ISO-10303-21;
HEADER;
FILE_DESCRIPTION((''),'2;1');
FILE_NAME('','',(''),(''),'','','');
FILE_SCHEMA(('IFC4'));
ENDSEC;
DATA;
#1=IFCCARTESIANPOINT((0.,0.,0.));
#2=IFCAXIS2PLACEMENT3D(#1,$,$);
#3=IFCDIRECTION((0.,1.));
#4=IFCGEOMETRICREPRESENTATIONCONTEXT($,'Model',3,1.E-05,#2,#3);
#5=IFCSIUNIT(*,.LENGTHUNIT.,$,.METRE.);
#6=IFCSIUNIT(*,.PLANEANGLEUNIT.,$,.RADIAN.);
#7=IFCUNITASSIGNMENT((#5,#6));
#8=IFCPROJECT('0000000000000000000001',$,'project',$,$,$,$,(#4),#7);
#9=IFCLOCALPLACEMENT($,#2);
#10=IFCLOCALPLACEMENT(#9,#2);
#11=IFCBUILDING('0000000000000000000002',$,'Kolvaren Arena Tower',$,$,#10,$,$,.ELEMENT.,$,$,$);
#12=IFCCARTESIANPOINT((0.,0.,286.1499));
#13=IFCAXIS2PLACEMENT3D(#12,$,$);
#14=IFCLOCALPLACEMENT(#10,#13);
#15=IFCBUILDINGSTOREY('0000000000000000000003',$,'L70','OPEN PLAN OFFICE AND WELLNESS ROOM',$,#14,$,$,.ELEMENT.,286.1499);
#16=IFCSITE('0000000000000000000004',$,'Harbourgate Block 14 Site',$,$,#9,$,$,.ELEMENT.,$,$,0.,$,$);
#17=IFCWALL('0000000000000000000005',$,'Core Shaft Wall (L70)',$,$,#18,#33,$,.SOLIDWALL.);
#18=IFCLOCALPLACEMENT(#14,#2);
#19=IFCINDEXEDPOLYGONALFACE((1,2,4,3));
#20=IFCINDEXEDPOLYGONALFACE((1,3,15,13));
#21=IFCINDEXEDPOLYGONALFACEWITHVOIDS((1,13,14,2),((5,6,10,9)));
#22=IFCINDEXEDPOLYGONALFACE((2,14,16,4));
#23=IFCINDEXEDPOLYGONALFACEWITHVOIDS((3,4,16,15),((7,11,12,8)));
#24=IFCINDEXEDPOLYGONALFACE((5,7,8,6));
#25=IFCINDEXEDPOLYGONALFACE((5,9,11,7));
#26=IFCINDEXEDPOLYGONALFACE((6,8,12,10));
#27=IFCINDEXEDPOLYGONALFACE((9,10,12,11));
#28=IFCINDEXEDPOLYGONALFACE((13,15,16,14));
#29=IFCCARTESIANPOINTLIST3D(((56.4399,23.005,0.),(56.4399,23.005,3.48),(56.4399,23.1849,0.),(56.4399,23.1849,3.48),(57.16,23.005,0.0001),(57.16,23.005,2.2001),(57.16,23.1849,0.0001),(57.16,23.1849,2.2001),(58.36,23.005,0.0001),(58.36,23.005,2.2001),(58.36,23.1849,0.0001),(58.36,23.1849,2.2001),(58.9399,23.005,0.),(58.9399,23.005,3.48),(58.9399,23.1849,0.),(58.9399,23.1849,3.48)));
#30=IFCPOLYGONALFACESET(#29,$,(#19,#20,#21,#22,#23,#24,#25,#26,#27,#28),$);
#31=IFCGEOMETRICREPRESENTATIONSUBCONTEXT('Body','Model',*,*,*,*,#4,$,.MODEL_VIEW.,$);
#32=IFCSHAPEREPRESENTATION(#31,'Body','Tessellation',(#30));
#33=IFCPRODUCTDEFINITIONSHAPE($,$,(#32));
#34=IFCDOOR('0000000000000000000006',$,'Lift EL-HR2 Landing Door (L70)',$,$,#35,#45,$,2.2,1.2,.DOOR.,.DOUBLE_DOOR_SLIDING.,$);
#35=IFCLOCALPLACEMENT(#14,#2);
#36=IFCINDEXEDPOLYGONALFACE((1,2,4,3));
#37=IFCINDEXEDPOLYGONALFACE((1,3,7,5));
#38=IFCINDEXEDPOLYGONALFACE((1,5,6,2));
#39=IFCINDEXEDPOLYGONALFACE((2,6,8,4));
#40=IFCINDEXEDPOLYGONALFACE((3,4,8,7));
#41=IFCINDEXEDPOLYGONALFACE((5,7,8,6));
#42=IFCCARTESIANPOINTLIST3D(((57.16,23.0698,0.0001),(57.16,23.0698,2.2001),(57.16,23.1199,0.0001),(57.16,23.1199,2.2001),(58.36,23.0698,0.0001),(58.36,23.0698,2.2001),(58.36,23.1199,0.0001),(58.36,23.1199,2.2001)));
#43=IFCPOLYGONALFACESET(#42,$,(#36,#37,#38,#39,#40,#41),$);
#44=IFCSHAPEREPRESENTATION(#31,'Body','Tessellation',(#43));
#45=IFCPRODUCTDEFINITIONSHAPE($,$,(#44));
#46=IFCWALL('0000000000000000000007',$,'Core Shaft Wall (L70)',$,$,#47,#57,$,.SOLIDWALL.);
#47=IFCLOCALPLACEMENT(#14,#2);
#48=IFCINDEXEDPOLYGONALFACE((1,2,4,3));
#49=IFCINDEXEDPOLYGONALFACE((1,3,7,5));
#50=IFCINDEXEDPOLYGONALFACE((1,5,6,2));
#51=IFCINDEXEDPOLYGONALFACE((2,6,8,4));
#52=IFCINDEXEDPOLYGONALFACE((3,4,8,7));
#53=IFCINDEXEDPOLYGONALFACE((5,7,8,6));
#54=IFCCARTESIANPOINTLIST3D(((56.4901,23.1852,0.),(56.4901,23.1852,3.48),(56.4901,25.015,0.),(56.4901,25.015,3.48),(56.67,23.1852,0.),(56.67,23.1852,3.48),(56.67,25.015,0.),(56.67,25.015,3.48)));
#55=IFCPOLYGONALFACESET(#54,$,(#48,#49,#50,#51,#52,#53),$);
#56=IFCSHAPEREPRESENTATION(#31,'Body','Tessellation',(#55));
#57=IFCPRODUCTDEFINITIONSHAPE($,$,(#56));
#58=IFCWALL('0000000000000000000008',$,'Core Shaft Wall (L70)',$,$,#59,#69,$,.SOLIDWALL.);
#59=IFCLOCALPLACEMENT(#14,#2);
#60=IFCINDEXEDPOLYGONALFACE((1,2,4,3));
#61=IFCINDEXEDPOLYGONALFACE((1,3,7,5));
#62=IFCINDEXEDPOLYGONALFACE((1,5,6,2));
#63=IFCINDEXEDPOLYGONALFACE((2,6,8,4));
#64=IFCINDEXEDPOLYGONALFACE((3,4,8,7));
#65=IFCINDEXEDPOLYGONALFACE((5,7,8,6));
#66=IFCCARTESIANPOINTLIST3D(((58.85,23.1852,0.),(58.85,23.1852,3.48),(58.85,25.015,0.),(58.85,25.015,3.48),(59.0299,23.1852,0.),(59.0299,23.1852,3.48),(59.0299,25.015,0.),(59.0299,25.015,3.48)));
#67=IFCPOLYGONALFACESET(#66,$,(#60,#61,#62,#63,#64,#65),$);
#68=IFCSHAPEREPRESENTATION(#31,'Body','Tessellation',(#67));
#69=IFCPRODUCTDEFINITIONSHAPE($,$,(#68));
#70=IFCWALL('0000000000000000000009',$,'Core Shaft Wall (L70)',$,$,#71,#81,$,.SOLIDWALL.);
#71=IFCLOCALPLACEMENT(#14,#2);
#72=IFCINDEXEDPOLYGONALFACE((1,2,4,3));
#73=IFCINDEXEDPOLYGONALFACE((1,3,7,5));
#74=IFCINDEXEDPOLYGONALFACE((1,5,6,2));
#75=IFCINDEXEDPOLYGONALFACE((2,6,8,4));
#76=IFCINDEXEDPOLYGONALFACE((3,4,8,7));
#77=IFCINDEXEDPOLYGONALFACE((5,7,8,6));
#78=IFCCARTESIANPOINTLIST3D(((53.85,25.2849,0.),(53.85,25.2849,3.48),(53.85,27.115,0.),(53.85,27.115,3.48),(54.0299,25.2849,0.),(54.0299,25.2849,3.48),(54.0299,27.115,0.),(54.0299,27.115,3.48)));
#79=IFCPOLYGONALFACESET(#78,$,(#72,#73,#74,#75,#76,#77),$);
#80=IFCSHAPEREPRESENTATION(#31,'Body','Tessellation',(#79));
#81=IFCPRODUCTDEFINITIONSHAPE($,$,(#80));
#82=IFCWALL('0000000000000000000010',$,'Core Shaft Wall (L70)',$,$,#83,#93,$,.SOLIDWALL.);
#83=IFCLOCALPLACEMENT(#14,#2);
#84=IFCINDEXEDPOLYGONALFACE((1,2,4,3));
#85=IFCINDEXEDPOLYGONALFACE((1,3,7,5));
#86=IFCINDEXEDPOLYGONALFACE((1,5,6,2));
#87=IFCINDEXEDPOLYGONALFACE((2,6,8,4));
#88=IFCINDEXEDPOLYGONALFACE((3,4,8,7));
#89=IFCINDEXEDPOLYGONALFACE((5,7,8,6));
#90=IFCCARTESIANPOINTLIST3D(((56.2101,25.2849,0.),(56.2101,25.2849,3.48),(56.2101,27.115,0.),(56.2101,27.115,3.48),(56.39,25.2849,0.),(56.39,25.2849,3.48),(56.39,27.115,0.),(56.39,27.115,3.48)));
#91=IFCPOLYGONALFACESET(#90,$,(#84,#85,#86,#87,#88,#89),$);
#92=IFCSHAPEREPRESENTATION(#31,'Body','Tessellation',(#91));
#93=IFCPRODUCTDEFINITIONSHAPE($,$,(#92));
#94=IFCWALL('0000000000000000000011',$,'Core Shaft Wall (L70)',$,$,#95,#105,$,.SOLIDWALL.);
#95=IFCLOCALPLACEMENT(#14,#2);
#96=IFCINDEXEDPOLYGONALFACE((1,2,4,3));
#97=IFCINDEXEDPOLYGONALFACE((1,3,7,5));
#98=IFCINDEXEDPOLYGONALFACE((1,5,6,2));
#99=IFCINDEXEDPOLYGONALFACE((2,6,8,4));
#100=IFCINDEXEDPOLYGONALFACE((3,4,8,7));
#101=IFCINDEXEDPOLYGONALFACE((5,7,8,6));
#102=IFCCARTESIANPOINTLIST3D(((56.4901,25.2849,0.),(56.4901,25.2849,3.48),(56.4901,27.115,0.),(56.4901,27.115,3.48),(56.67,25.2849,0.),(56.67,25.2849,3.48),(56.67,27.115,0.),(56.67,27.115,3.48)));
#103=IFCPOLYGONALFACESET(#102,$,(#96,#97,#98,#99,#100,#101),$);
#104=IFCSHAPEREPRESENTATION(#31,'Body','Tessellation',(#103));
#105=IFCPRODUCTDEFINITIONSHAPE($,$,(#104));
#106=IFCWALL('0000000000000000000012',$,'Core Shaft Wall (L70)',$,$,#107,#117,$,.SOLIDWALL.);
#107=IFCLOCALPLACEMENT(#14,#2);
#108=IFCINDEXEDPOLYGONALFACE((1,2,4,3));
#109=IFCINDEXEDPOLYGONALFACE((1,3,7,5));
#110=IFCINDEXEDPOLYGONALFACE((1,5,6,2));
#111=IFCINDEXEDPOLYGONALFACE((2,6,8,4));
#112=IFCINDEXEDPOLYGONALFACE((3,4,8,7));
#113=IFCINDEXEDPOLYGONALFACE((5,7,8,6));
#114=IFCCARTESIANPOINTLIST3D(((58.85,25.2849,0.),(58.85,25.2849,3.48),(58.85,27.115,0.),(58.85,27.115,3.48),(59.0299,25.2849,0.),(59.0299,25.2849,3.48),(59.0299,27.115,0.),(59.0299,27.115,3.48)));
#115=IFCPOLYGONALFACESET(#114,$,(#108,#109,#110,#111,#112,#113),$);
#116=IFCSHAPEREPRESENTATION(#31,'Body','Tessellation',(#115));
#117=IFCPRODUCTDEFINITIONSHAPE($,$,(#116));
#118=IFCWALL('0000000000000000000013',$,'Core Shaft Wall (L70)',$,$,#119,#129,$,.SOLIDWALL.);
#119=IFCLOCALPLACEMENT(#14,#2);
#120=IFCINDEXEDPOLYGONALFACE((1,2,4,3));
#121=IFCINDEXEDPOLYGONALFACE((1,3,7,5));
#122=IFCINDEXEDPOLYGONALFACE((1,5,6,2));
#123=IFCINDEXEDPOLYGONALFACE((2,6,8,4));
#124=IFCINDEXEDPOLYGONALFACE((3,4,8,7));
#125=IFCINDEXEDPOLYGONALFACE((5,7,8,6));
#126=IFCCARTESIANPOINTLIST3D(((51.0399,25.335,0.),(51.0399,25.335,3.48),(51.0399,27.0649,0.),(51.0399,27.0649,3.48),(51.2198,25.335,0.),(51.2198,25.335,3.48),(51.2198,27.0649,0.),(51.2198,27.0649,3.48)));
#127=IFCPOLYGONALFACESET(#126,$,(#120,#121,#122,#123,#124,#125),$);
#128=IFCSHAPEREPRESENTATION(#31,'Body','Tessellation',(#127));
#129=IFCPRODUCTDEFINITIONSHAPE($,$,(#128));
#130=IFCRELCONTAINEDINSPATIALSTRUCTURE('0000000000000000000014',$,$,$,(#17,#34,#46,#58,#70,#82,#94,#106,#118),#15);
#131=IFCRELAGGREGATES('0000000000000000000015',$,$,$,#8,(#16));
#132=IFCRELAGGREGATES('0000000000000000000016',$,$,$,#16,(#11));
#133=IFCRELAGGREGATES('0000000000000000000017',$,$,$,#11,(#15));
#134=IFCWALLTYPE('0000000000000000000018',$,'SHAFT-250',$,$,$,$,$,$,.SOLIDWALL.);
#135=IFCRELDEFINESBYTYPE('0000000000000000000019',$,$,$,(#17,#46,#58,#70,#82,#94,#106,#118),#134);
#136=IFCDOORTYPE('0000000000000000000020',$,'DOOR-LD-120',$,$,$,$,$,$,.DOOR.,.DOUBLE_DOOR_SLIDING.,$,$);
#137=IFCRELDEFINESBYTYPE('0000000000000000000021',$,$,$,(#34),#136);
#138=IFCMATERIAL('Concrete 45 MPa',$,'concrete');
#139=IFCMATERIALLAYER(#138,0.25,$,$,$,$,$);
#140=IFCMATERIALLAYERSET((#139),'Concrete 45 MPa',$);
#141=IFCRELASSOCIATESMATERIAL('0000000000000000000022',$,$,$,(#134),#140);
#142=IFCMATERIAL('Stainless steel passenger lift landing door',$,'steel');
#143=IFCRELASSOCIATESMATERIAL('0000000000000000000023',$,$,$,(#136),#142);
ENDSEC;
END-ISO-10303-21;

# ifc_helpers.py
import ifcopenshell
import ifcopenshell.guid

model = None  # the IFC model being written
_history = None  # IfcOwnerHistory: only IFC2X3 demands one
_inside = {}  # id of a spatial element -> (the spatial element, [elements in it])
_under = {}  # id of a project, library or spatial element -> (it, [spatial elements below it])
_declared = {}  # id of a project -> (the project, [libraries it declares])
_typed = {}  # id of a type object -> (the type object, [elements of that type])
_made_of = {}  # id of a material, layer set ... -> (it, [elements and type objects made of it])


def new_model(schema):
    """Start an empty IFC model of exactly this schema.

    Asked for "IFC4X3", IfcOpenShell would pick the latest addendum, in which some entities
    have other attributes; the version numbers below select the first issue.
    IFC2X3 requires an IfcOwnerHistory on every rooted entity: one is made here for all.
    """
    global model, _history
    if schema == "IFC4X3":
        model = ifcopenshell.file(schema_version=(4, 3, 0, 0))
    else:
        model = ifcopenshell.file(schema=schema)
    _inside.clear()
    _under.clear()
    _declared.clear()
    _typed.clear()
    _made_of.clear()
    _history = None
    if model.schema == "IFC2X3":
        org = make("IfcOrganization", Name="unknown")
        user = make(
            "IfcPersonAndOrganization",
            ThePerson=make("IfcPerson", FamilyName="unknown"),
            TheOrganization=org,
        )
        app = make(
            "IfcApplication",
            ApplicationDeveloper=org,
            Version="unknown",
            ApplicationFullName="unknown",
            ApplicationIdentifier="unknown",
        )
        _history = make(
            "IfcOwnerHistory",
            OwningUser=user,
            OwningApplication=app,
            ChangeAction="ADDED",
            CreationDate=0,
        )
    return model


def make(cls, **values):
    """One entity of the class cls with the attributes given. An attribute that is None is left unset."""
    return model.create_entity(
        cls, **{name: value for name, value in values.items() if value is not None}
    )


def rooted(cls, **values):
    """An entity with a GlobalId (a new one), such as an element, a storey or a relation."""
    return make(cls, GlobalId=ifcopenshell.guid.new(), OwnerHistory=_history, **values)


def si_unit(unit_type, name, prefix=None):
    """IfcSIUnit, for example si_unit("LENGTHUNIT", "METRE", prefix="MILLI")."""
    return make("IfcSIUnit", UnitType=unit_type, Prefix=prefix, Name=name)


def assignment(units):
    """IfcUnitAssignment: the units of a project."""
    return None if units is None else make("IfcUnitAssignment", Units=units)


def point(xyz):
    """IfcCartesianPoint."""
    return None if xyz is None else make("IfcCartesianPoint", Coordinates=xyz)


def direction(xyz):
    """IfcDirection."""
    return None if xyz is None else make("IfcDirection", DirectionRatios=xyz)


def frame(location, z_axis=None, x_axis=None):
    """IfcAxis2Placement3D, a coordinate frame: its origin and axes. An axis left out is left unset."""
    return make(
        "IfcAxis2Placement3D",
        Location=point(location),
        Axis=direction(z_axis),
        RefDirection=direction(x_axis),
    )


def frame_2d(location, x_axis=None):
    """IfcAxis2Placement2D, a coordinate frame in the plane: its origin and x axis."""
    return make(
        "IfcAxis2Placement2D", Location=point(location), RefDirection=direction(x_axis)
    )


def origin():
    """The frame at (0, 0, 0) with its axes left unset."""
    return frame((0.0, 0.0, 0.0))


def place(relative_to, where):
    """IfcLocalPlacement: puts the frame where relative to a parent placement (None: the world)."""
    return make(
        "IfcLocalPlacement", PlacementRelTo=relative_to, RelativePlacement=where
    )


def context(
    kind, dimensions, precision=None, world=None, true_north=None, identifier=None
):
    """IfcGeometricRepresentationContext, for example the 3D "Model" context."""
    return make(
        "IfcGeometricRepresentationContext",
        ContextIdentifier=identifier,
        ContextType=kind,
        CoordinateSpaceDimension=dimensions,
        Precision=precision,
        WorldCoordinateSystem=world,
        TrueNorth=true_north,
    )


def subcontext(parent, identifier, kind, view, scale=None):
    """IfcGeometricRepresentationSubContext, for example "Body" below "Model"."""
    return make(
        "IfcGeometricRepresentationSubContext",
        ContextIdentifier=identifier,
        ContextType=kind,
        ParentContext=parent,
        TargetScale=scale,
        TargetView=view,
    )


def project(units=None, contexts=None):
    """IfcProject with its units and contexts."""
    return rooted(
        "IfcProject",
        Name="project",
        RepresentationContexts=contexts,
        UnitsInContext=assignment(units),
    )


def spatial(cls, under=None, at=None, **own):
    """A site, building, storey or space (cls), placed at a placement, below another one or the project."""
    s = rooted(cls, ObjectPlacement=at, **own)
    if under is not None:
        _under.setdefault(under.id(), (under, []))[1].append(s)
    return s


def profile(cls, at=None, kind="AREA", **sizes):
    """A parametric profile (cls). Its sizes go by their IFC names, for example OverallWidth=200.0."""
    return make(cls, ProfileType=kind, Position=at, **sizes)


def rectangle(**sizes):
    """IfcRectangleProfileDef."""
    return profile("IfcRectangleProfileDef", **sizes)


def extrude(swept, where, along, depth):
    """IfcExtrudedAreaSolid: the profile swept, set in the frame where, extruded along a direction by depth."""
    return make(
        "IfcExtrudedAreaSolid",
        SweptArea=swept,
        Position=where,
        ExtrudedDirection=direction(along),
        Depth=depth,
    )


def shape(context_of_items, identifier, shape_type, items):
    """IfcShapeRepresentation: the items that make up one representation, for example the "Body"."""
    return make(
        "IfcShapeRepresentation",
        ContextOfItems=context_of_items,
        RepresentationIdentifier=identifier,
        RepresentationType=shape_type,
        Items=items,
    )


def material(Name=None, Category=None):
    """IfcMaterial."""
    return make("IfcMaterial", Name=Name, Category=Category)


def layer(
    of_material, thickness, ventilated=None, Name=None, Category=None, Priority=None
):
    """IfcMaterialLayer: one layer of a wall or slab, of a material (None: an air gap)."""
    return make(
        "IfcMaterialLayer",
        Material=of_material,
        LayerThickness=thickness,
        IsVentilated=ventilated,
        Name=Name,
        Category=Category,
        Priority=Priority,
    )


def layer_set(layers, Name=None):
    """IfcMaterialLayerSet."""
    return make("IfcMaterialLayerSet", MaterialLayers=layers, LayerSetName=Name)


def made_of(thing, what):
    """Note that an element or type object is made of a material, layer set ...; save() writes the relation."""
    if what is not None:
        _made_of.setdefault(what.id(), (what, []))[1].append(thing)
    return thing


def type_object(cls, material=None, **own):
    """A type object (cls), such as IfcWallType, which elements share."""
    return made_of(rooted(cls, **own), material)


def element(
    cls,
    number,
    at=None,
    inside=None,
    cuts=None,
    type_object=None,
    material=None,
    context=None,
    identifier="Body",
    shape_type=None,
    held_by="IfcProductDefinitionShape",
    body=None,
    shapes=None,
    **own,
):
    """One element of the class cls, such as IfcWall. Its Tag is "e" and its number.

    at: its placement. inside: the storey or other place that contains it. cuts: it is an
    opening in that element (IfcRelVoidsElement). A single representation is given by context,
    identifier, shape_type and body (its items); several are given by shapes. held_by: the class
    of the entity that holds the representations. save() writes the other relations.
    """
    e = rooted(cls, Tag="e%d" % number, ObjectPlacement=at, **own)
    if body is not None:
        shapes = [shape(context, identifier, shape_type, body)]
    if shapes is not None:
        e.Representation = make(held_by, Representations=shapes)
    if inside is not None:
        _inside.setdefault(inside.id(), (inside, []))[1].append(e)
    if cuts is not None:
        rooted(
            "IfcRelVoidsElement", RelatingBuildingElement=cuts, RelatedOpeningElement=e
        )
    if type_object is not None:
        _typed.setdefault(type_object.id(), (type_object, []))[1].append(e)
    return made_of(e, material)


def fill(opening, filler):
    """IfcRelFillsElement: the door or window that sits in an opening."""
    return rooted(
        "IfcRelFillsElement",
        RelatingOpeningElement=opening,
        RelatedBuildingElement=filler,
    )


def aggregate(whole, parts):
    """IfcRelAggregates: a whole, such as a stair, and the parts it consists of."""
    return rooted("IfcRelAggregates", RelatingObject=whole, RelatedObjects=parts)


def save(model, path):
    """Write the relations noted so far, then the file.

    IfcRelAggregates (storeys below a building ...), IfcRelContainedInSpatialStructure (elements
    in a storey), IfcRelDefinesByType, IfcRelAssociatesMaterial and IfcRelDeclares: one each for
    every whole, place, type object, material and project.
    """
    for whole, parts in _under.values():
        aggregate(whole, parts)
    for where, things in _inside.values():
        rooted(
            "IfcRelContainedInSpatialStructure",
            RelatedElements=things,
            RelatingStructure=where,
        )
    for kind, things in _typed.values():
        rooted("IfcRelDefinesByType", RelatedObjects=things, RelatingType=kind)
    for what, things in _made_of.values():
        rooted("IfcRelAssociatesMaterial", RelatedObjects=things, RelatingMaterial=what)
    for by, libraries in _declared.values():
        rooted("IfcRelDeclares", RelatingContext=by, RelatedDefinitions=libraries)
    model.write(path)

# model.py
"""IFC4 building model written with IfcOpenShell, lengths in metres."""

from ifc_helpers import new_model, si_unit, direction, frame, frame_2d, origin, place, context, subcontext, project, spatial, rectangle, extrude, material, layer, layer_set, type_object, element, fill, save


model = new_model("IFC4")

# Units and contexts
model_context = context("Model", 3, precision=1e-05, world=origin(), true_north=direction((0.0, 1.0)))
body_context = subcontext(model_context, "Body", "Model", "MODEL_VIEW")
ifc_project = project(units=[si_unit("LENGTHUNIT", "METRE"), si_unit("PLANEANGLEUNIT", "RADIAN")], contexts=[model_context])

# Site, building, storey
site_placement = place(None, origin())
site = spatial("IfcSite", under=ifc_project, at=site_placement, Name="Harbourgate Block 14 Site", CompositionType="ELEMENT", RefElevation=0.0)
building_placement = place(site_placement, origin())
building = spatial("IfcBuilding", under=site, at=building_placement, Name="Kolvaren Arena Tower", CompositionType="ELEMENT")
storey_placement = place(building_placement, frame((0.0, 0.0, 286.1499)))
storey = spatial("IfcBuildingStorey", under=building, at=storey_placement, Name="L70", Description="OPEN PLAN OFFICE AND WELLNESS ROOM", CompositionType="ELEMENT", Elevation=286.1499)

# Shared definitions
ifc_material_1 = material(Name="Concrete 45 MPa", Category="concrete")
ifc_layer_1 = layer(ifc_material_1, 0.25)
ifc_layer_set_1 = layer_set([ifc_layer_1], Name="Concrete 45 MPa")
wall_type_1 = type_object("IfcWallType", Name="SHAFT-250", PredefinedType="SOLIDWALL", material=ifc_layer_set_1)

# Shared definitions
ifc_material_2 = material(Name="Stainless steel passenger lift landing door", Category="steel")
door_type = type_object("IfcDoorType", Name="DOOR-LD-120", OperationType="DOUBLE_DOOR_SLIDING", PredefinedType="DOOR", material=ifc_material_2)

# Wall, opening, door
wall_1_placement = place(storey_placement, frame((56.4399, 23.095, 0.0), z_axis=(0.0, 0.0, 1.0), x_axis=(1.0, 0.0, 0.0)))
wall_1 = element("IfcWall", 1, at=wall_1_placement, inside=storey, type_object=wall_type_1, Name="Core Shaft Wall (L70)", PredefinedType="SOLIDWALL", context=body_context, shape_type="SweptSolid", body=[
    extrude(rectangle(XDim=2.5, YDim=0.1799, at=frame_2d((1.25, 0.0))), origin(), (0.0, 0.0, 1.0), 3.48),
])
opening_1_placement = place(wall_1_placement, frame((0.72, 0.0, 0.0)))
opening_1 = element("IfcOpeningElement", 2, at=opening_1_placement, cuts=wall_1, PredefinedType="OPENING", context=body_context, shape_type="SweptSolid", body=[
    extrude(rectangle(XDim=1.2, YDim=2.2, at=frame_2d((0.6001, 1.1001))), frame((0.0, 0.0999, 0.0), z_axis=(0.0, -1.0, 0.0), x_axis=(1.0, 0.0, 0.0)), (0.0, 0.0, 1.0), 0.2),
])
door_1_placement = place(opening_1_placement, origin())
door_1 = element("IfcDoor", 3, at=door_1_placement, inside=storey, type_object=door_type, Name="Lift EL-HR2 Landing Door (L70)", OperationType="DOUBLE_DOOR_SLIDING", OverallHeight=2.2, OverallWidth=1.2, PredefinedType="DOOR", context=body_context, shape_type="SweptSolid", body=[
    extrude(rectangle(XDim=1.2, YDim=2.2, at=frame_2d((0.6001, 1.1001))), frame((0.0, 0.0249, 0.0), z_axis=(0.0, -1.0, 0.0), x_axis=(1.0, 0.0, 0.0)), (0.0, 0.0, 1.0), 0.05),
])
fill(opening_1, door_1)

# Walls
for number, where, z_axis, x_axis, name in (
    (4, (56.5801, 23.1851, 0.0), (0.0, 0.0, 1.0), (0.0, 1.0, 0.0), "Core Shaft Wall (L70)"),
    (5, (58.9399, 23.1851, 0.0), (0.0, 0.0, 1.0), (0.0, 1.0, 0.0), "Core Shaft Wall (L70)"),
):
    element("IfcWall", number, at=place(storey_placement, frame(where, z_axis=z_axis, x_axis=x_axis)), inside=storey, type_object=wall_type_1, Name=name, PredefinedType="SOLIDWALL", context=body_context, shape_type="SweptSolid", body=[
        extrude(rectangle(XDim=1.8298, YDim=0.1799, at=frame_2d((0.915, 0.0))), origin(), (0.0, 0.0, 1.0), 3.48),
    ])
for number, where, z_axis, x_axis, name in (
    (6, (53.9399, 25.2849, 0.0), (0.0, 0.0, 1.0), (0.0, 1.0, 0.0), "Core Shaft Wall (L70)"),
    (7, (56.3, 25.2849, 0.0), (0.0, 0.0, 1.0), (0.0, 1.0, 0.0), "Core Shaft Wall (L70)"),
    (8, (56.5801, 25.2849, 0.0), (0.0, 0.0, 1.0), (0.0, 1.0, 0.0), "Core Shaft Wall (L70)"),
    (9, (58.9399, 25.2849, 0.0), (0.0, 0.0, 1.0), (0.0, 1.0, 0.0), "Core Shaft Wall (L70)"),
):
    element("IfcWall", number, at=place(storey_placement, frame(where, z_axis=z_axis, x_axis=x_axis)), inside=storey, type_object=wall_type_1, Name=name, PredefinedType="SOLIDWALL", context=body_context, shape_type="SweptSolid", body=[
        extrude(rectangle(XDim=1.8301, YDim=0.1799, at=frame_2d((0.915, 0.0))), origin(), (0.0, 0.0, 1.0), 3.48),
    ])
wall_2_placement = place(storey_placement, frame((51.1299, 25.335, 0.0), z_axis=(0.0, 0.0, 1.0), x_axis=(0.0, 1.0, 0.0)))
element("IfcWall", 10, at=wall_2_placement, inside=storey, type_object=wall_type_1, Name="Core Shaft Wall (L70)", PredefinedType="SOLIDWALL", context=body_context, shape_type="SweptSolid", body=[
    extrude(rectangle(XDim=1.73, YDim=0.1799, at=frame_2d((0.865, 0.0))), origin(), (0.0, 0.0, 1.0), 3.48),
])

save(model, "model.ifc")
